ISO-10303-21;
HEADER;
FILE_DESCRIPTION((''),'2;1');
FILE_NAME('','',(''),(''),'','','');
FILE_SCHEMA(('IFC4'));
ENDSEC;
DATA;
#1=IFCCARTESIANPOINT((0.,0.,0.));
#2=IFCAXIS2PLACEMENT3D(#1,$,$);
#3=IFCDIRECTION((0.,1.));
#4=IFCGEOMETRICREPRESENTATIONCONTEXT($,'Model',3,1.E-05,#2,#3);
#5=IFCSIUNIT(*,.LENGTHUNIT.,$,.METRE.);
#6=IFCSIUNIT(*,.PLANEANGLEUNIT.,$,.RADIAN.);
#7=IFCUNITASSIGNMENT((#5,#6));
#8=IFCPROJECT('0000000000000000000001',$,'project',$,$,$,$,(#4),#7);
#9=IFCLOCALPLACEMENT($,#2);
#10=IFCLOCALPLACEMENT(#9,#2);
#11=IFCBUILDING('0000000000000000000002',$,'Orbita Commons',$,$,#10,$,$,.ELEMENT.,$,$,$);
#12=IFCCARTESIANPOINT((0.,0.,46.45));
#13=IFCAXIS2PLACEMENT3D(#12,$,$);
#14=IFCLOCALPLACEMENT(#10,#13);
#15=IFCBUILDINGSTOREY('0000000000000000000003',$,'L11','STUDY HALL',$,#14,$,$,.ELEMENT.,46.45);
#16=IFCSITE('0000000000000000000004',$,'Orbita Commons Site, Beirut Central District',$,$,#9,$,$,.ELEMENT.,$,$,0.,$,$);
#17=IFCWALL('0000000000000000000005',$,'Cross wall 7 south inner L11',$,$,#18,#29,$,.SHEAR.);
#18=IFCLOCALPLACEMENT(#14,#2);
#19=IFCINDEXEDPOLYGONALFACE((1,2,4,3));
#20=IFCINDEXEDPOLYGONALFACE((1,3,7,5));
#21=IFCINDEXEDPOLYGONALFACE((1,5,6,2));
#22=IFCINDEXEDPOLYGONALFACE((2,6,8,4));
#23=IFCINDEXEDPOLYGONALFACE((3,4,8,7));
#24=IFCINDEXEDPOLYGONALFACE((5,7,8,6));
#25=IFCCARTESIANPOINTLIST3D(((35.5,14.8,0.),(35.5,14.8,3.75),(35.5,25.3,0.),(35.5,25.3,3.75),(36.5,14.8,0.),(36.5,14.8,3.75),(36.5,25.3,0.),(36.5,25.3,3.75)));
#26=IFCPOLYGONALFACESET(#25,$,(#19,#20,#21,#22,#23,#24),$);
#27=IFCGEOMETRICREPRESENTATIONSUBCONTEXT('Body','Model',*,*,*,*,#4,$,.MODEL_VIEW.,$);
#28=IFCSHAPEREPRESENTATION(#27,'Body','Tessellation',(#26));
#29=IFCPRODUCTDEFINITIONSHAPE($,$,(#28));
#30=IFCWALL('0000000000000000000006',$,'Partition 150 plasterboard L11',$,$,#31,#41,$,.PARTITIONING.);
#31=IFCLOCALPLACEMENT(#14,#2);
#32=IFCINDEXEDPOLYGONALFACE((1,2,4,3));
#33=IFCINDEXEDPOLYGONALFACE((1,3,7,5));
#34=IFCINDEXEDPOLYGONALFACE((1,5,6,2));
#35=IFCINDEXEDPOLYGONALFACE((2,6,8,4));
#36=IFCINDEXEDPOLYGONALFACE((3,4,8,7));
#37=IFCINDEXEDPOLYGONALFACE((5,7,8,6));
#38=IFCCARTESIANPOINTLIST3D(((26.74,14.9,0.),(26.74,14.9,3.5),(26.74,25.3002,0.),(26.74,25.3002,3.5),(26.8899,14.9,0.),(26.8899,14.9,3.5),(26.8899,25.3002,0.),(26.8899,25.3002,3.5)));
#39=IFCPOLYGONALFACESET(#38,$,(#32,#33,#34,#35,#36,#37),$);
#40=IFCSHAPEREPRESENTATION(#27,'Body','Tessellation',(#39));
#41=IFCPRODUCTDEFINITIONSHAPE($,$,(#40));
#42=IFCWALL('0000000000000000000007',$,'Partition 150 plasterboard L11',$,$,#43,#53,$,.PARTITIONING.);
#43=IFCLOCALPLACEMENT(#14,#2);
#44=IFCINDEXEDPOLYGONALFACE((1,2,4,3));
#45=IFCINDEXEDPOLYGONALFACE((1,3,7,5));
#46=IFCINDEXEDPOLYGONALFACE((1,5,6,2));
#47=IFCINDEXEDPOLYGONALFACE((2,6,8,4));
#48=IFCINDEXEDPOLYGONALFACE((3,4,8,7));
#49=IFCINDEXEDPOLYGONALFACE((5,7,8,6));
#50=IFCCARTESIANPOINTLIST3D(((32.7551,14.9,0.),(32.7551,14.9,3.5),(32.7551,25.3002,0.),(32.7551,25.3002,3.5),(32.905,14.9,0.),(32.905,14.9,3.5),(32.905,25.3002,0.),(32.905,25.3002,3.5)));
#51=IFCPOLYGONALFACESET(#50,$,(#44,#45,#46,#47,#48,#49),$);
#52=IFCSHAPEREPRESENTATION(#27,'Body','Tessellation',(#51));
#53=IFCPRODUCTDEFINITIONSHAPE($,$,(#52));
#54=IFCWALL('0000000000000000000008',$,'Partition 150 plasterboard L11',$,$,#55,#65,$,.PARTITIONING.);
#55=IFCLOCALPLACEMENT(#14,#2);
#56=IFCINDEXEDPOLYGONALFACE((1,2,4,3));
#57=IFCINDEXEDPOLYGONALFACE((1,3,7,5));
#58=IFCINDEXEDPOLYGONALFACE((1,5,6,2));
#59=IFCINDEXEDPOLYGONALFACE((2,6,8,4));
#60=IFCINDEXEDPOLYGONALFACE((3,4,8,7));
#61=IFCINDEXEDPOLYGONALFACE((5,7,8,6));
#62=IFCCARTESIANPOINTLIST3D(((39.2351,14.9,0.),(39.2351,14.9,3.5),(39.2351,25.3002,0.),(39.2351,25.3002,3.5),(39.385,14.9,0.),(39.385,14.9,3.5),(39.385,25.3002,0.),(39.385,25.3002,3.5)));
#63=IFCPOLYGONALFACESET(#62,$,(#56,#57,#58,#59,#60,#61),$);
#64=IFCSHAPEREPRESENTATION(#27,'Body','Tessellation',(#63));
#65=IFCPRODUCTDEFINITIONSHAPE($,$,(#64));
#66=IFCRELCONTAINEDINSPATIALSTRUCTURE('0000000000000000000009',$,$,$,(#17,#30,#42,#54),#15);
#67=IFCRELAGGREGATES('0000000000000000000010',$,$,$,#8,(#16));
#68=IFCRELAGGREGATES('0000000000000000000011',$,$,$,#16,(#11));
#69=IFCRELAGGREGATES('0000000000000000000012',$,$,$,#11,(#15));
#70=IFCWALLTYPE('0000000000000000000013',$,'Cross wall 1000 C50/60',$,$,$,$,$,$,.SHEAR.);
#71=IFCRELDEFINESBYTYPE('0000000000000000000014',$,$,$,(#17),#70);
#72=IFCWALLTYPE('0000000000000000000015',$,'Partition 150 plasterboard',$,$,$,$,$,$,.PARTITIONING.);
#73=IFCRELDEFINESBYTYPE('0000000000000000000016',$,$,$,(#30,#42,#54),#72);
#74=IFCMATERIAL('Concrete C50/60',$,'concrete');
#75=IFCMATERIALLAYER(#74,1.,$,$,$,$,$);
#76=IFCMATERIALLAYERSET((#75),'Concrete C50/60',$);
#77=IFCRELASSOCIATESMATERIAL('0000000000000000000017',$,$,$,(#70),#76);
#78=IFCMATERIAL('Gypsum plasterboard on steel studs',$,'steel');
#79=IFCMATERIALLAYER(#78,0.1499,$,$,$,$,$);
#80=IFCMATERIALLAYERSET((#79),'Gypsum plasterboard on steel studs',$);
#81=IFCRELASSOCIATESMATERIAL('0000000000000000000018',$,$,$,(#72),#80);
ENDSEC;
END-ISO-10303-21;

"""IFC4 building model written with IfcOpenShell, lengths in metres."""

from ifc_helpers import new_model, si_unit, direction, frame, frame_2d, origin, place, context, subcontext, project, spatial, rectangle, extrude, material, layer, layer_set, type_object, element, save


model = new_model("IFC4")

# Units and contexts
model_context = context("Model", 3, precision=1e-05, world=origin(), true_north=direction((0.0, 1.0)))
body_context = subcontext(model_context, "Body", "Model", "MODEL_VIEW")
ifc_project = project(units=[si_unit("LENGTHUNIT", "METRE"), si_unit("PLANEANGLEUNIT", "RADIAN")], contexts=[model_context])

# Site, building, storey
site_placement = place(None, origin())
site = spatial("IfcSite", under=ifc_project, at=site_placement, Name="Orbita Commons Site, Beirut Central District", CompositionType="ELEMENT", RefElevation=0.0)
building_placement = place(site_placement, origin())
building = spatial("IfcBuilding", under=site, at=building_placement, Name="Orbita Commons", CompositionType="ELEMENT")
storey_placement = place(building_placement, frame((0.0, 0.0, 46.45)))
storey = spatial("IfcBuildingStorey", under=building, at=storey_placement, Name="L11", Description="STUDY HALL", CompositionType="ELEMENT", Elevation=46.45)

# Walls
ifc_material_1 = material(Name="Concrete C50/60", Category="concrete")
ifc_layer_1 = layer(ifc_material_1, 1.0)
ifc_layer_set_1 = layer_set([ifc_layer_1], Name="Concrete C50/60")
wall_type_1 = type_object("IfcWallType", Name="Cross wall 1000 C50/60", PredefinedType="SHEAR", material=ifc_layer_set_1)
for number, where, z_axis, x_axis, name in (
    (1, (36.0, 14.8, 0.0), (0.0, 0.0, 1.0), (0.0, 1.0, 0.0), "Cross wall 7 south inner L11"),
):
    element("IfcWall", number, at=place(storey_placement, frame(where, z_axis=z_axis, x_axis=x_axis)), inside=storey, type_object=wall_type_1, Name=name, PredefinedType="SHEAR", context=body_context, shape_type="SweptSolid", body=[
        extrude(rectangle(XDim=10.5, YDim=1.0, at=frame_2d((5.25, 0.0))), origin(), (0.0, 0.0, 1.0), 3.75),
    ])
ifc_material_2 = material(Name="Gypsum plasterboard on steel studs", Category="steel")
ifc_layer_2 = layer(ifc_material_2, 0.1499)
ifc_layer_set_2 = layer_set([ifc_layer_2], Name="Gypsum plasterboard on steel studs")
wall_type_2 = type_object("IfcWallType", Name="Partition 150 plasterboard", PredefinedType="PARTITIONING", material=ifc_layer_set_2)
for number, where, z_axis, x_axis, name in (
    (2, (26.8149, 14.8999, 0.0), (0.0, 0.0, 1.0), (0.0, 1.0, 0.0), "Partition 150 plasterboard L11"),
    (3, (32.8301, 14.8999, 0.0), (0.0, 0.0, 1.0), (0.0, 1.0, 0.0), "Partition 150 plasterboard L11"),
    (4, (39.3101, 14.8999, 0.0), (0.0, 0.0, 1.0), (0.0, 1.0, 0.0), "Partition 150 plasterboard L11"),
):
    element("IfcWall", number, at=place(storey_placement, frame(where, z_axis=z_axis, x_axis=x_axis)), inside=storey, type_object=wall_type_2, Name=name, PredefinedType="PARTITIONING", context=body_context, shape_type="SweptSolid", body=[
        extrude(rectangle(XDim=10.4001, YDim=0.1499, at=frame_2d((5.2002, 0.0))), origin(), (0.0, 0.0, 1.0), 3.5),
    ])

save(model, "model.ifc")
